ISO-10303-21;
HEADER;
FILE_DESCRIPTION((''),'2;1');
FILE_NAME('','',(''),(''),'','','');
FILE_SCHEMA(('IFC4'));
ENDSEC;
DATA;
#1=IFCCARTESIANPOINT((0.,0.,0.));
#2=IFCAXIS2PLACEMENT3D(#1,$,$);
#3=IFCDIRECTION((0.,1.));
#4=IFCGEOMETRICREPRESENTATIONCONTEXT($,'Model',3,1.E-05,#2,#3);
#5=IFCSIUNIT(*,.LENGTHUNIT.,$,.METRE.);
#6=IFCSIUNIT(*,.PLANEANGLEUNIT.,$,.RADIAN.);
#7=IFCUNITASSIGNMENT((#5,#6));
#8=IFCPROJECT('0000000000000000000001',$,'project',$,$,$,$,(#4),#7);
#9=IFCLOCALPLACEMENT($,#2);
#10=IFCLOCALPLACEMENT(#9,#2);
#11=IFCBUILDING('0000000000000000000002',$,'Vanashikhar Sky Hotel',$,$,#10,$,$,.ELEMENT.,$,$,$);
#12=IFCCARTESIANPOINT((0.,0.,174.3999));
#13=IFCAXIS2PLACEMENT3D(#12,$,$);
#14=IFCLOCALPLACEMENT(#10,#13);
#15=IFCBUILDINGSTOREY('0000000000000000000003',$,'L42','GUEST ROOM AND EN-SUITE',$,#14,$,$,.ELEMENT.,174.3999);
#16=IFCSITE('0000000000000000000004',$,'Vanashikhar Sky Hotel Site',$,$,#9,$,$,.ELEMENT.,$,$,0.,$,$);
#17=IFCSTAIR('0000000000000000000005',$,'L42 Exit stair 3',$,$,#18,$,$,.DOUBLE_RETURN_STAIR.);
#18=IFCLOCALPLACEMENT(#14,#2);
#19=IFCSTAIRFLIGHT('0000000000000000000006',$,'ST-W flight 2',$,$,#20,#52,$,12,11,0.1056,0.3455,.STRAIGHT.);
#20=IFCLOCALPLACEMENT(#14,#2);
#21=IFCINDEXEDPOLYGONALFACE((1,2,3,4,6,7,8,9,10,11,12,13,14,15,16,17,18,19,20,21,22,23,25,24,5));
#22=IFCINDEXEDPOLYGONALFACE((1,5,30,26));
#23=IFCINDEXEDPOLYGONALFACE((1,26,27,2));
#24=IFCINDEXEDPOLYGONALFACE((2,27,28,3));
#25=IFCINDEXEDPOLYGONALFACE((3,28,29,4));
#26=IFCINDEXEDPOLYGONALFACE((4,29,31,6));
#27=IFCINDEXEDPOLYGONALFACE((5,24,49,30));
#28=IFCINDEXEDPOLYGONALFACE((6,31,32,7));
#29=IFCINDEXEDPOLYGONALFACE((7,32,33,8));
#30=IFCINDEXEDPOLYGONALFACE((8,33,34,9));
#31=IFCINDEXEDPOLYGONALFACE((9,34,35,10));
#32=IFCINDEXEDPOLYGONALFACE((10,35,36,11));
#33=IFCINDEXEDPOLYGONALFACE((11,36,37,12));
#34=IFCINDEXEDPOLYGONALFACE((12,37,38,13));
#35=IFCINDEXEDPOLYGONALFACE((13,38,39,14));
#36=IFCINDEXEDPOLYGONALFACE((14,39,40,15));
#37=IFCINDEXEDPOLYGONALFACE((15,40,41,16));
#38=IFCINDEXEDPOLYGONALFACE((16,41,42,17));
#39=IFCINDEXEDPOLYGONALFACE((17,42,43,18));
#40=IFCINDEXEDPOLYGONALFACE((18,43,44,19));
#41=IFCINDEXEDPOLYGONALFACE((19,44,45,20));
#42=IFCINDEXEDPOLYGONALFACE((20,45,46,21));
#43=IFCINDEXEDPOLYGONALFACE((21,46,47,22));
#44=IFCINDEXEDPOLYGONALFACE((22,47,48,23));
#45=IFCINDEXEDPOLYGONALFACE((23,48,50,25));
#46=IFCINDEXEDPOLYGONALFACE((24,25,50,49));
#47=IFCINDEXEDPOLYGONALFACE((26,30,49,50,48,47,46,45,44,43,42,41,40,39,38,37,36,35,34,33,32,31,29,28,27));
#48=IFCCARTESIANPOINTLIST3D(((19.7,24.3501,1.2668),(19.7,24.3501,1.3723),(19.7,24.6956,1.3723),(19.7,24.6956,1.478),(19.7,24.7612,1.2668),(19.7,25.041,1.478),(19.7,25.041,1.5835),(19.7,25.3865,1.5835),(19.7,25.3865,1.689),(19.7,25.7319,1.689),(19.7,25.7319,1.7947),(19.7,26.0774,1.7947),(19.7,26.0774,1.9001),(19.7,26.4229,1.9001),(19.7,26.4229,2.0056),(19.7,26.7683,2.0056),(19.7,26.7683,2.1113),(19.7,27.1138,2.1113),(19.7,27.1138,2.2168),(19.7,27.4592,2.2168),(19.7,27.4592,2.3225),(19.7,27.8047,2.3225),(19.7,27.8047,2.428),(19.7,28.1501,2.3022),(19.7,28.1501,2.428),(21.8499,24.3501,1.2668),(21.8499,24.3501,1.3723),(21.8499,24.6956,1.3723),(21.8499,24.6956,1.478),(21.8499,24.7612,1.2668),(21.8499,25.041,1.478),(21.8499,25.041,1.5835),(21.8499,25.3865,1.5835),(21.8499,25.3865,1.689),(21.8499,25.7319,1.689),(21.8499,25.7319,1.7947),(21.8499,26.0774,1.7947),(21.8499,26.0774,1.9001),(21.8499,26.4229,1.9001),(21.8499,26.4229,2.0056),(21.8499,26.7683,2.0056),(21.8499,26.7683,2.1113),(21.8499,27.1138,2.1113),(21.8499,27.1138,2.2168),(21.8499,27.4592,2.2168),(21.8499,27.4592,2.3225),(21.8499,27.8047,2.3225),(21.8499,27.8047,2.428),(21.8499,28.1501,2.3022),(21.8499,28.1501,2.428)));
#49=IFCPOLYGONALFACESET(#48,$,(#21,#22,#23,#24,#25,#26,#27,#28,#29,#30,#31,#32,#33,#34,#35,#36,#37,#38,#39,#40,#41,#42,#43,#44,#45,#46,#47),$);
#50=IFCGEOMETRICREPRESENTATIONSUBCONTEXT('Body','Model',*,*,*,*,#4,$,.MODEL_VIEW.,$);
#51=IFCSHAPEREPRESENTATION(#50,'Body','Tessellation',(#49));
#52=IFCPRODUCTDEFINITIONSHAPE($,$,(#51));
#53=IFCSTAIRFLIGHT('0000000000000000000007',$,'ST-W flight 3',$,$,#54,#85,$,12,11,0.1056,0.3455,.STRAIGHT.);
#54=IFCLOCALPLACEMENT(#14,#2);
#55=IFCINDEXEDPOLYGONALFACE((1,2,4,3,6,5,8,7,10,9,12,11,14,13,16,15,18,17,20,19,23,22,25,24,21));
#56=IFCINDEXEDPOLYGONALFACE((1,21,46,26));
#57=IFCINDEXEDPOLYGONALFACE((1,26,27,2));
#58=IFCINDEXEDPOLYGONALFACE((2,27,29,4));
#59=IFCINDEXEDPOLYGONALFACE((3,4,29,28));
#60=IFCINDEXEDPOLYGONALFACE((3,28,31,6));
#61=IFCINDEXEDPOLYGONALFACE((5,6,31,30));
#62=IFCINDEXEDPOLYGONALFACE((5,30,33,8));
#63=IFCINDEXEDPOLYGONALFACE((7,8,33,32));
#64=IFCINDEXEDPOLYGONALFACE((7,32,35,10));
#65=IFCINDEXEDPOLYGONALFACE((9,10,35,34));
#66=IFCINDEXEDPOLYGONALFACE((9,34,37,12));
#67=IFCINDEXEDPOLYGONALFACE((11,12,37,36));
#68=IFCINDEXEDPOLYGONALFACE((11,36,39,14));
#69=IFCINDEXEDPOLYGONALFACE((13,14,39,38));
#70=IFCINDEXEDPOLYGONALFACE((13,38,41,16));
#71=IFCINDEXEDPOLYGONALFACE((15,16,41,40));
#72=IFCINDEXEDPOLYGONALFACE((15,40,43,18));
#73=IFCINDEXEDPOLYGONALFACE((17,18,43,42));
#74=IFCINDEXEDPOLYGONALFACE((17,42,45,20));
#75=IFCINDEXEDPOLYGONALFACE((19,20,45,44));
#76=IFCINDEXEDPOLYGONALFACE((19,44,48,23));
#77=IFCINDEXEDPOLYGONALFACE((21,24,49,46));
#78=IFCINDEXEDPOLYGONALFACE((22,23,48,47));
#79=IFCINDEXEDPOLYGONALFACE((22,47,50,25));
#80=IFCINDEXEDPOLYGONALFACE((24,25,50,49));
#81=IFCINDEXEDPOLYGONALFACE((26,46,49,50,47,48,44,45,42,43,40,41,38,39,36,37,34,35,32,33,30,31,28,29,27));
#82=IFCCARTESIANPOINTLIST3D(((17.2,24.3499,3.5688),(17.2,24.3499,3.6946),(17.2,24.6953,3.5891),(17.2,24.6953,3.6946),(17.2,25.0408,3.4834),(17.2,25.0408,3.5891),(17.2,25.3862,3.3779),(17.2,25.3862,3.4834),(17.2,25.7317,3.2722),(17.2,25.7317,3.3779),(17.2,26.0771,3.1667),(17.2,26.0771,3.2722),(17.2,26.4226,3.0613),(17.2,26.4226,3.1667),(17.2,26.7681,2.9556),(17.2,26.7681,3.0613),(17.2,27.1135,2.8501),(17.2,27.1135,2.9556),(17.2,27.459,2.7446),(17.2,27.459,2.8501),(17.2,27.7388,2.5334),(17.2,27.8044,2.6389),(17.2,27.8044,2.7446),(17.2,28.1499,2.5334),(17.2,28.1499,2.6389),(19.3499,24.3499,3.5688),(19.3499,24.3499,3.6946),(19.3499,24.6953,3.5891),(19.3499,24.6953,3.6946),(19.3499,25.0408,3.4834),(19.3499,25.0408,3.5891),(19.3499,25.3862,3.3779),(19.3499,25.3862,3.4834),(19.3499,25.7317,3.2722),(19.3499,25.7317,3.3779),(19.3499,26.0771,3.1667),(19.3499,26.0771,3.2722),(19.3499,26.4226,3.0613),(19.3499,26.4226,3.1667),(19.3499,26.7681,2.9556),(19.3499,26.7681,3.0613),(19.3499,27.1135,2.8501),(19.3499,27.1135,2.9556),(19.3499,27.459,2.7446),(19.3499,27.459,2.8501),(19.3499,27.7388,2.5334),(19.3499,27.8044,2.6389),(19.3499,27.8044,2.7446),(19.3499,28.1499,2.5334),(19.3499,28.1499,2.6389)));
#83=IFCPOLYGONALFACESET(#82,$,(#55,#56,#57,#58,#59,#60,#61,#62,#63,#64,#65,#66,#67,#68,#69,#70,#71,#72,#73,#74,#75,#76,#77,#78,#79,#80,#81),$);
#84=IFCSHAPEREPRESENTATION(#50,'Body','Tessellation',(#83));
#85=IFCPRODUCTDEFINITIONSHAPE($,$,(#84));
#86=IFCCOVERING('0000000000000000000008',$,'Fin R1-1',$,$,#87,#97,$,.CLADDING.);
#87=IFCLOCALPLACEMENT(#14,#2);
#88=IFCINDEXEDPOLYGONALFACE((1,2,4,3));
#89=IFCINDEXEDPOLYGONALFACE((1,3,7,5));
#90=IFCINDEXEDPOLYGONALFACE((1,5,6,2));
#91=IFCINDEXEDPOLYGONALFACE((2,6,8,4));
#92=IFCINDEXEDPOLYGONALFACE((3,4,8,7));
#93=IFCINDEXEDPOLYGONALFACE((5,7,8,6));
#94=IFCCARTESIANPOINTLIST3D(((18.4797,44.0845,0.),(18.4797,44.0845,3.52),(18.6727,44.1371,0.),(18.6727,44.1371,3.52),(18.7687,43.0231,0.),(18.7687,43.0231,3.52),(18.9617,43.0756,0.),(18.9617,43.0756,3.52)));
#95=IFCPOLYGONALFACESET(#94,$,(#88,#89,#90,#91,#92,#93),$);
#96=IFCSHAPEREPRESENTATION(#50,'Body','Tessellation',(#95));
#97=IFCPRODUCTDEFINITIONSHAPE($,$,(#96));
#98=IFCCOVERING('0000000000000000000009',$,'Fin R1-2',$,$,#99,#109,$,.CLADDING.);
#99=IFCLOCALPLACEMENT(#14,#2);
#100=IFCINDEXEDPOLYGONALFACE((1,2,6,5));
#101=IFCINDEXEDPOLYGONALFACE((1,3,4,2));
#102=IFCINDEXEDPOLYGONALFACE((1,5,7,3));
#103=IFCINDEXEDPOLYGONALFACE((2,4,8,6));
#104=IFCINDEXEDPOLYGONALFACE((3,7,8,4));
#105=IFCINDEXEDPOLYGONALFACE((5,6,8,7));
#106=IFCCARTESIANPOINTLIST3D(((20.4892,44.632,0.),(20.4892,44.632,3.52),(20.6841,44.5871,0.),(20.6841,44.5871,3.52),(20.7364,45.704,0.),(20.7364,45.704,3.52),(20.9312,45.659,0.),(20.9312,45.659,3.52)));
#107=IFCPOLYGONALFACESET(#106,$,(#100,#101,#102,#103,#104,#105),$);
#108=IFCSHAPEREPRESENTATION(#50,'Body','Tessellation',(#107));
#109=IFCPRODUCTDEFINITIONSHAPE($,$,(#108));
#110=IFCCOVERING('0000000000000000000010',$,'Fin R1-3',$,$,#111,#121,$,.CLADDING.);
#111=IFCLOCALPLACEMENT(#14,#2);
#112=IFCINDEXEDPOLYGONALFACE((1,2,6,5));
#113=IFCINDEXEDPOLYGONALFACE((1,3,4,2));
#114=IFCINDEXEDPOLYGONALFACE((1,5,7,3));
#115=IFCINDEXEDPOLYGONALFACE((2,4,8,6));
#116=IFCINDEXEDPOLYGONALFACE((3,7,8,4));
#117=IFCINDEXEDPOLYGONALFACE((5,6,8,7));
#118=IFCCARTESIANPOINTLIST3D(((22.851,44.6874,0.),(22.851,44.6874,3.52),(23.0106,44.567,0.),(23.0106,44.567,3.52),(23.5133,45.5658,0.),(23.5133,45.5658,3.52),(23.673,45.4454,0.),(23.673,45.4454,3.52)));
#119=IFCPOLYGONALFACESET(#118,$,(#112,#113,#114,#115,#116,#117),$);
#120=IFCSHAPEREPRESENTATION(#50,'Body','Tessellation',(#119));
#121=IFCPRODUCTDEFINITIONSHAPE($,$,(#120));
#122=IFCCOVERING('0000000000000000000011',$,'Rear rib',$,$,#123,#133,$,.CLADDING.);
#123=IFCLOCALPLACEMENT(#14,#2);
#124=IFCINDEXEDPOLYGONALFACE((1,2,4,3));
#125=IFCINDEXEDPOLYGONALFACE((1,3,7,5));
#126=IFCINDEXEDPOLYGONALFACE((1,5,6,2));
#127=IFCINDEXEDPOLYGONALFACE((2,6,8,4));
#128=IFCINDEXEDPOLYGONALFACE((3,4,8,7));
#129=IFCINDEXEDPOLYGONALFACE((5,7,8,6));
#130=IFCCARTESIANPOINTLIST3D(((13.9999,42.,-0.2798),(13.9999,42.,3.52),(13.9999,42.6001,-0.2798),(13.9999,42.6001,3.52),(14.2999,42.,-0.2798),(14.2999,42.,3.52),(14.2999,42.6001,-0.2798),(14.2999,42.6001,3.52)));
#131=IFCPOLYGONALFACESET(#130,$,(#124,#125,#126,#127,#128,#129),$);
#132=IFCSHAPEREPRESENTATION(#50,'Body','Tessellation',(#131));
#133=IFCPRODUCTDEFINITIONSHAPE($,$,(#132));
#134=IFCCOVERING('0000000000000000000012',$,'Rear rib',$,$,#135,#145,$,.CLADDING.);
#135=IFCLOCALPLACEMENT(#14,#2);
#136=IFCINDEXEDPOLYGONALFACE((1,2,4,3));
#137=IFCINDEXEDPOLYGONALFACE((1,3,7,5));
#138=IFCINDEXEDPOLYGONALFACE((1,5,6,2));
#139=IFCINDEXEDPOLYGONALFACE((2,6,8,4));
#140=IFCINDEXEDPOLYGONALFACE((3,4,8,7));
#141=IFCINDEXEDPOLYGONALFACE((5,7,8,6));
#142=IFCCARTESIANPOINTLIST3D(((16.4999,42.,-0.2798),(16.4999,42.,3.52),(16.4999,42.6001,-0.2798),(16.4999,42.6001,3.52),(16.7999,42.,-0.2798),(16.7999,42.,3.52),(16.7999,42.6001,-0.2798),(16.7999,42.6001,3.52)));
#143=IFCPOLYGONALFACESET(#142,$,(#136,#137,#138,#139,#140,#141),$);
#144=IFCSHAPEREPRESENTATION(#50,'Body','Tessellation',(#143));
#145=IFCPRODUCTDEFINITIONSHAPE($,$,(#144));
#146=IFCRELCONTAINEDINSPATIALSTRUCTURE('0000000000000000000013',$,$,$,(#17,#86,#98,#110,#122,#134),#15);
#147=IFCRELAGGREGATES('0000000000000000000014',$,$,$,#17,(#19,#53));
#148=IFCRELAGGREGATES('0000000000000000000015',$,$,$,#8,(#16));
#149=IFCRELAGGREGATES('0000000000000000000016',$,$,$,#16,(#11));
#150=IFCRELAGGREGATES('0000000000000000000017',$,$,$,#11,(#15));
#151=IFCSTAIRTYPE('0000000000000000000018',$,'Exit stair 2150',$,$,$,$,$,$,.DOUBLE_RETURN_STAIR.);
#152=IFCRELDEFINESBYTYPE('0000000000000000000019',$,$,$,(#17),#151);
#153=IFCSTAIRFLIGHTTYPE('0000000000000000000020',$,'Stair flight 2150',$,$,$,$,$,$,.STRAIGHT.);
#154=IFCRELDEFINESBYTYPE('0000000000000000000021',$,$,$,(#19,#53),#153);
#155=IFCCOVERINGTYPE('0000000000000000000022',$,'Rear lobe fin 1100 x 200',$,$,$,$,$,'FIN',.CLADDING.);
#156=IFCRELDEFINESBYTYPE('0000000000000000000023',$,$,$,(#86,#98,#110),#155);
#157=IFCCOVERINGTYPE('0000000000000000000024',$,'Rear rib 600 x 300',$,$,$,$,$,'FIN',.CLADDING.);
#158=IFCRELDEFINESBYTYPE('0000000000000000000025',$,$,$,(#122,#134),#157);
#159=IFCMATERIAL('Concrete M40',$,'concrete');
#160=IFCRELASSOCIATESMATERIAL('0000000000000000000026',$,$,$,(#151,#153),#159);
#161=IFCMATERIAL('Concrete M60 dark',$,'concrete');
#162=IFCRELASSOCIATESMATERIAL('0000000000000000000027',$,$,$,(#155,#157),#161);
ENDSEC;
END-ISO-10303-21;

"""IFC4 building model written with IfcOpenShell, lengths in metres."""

from ifc_helpers import new_model, si_unit, direction, frame, origin, origin_2d, place, context, subcontext, project, spatial, polyline, rectangle, outline, extrude, source, transform, mapped, material, material_profile, profile_set, type_object, element, aggregate, save


model = new_model("IFC4")

# Units and contexts
model_context = context("Model", 3, precision=1e-05, world=origin(), true_north=direction((0.0, 1.0)))
body_context = subcontext(model_context, "Body", "Model", "MODEL_VIEW")
ifc_project = project(units=[si_unit("LENGTHUNIT", "METRE"), si_unit("PLANEANGLEUNIT", "RADIAN")], contexts=[model_context])

# Site, building, storey
site_placement = place(None, origin())
site = spatial("IfcSite", under=ifc_project, at=site_placement, Name="Vanashikhar Sky Hotel Site", CompositionType="ELEMENT", RefElevation=0.0)
building_placement = place(site_placement, origin())
building = spatial("IfcBuilding", under=site, at=building_placement, Name="Vanashikhar Sky Hotel", CompositionType="ELEMENT")
storey_placement = place(building_placement, frame((0.0, 0.0, 174.3999)))
storey = spatial("IfcBuildingStorey", under=building, at=storey_placement, Name="L42", Description="GUEST ROOM AND EN-SUITE", CompositionType="ELEMENT", Elevation=174.3999)

# Stair, stair flights
ifc_material_1 = material(Name="Concrete M40", Category="concrete")
stair_type = type_object("IfcStairType", Name="Exit stair 2150", PredefinedType="DOUBLE_RETURN_STAIR", material=ifc_material_1)
stair_placement = place(storey_placement, origin())
stair = element("IfcStair", 1, at=stair_placement, inside=storey, type_object=stair_type, Name="L42 Exit stair 3", PredefinedType="DOUBLE_RETURN_STAIR")
stair_flight_type = type_object("IfcStairFlightType", Name="Stair flight 2150", PredefinedType="STRAIGHT", material=ifc_material_1)
shared_shape_1 = source(origin(), body_context, "Body", "SweptSolid", [
    extrude(outline(polyline([(0.0, 0.0), (0.0, 0.1055), (0.3455, 0.1055), (0.3455, 0.2112), (0.6909, 0.2112), (0.6909, 0.3167), (1.0364, 0.3167), (1.0364, 0.4221), (1.3818, 0.4221), (1.3818, 0.5278), (1.7273, 0.5278), (1.7273, 0.6333), (2.0728, 0.6333), (2.0728, 0.7388), (2.4182, 0.7388), (2.4182, 0.8445), (2.7637, 0.8445), (2.7637, 0.95), (3.1091, 0.95), (3.1091, 1.0557), (3.4546, 1.0557), (3.4546, 1.1611), (3.8, 1.1611), (3.8, 1.2666), (3.8, 1.0354), (0.4111, 0.0), (0.0, 0.0)])), frame((0.0, 1.075, 0.0), z_axis=(0.0, -1.0, 0.0), x_axis=(1.0, 0.0, 0.0)), (0.0, 0.0, 1.0), 2.1499),
])
stair_flight_1_placement = place(storey_placement, frame((20.7749, 24.3501, 1.2668), z_axis=(0.0, 0.0, 1.0), x_axis=(0.0, 1.0, 0.0)))
stair_flight_1 = element("IfcStairFlight", 2, at=stair_flight_1_placement, type_object=stair_flight_type, Name="ST-W flight 2", NumberOfRisers=12, NumberOfTreads=11, PredefinedType="STRAIGHT", RiserHeight=0.1056, TreadLength=0.3455, context=body_context, shape_type="MappedRepresentation", body=[
    mapped(shared_shape_1, transform((0.0, 0.0, 0.0), scale=1.0)),
])
stair_flight_2_placement = place(storey_placement, frame((18.2749, 28.1499, 2.5334), z_axis=(0.0, 0.0, 1.0), x_axis=(0.0, -1.0, 0.0)))
stair_flight_2 = element("IfcStairFlight", 3, at=stair_flight_2_placement, type_object=stair_flight_type, Name="ST-W flight 3", NumberOfRisers=12, NumberOfTreads=11, PredefinedType="STRAIGHT", RiserHeight=0.1056, TreadLength=0.3455, context=body_context, shape_type="MappedRepresentation", body=[
    mapped(shared_shape_1, transform((0.0, 0.0, 0.0), scale=1.0)),
])
aggregate(stair, [stair_flight_1, stair_flight_2])

# Coverings
ifc_material_2 = material(Name="Concrete M60 dark", Category="concrete")
ifc_material_profile_1 = material_profile(ifc_material_2, rectangle(XDim=1.1001, YDim=0.2, at=origin_2d()))
ifc_profile_set_1 = profile_set([ifc_material_profile_1], Name="Rear lobe fin 1100 x 200")
covering_type_1 = type_object("IfcCoveringType", Name="Rear lobe fin 1100 x 200", ElementType="FIN", PredefinedType="CLADDING", material=ifc_profile_set_1)
shared_shape_2 = source(origin(), body_context, "Body", "SweptSolid", [
    extrude(rectangle(XDim=1.1001, YDim=0.2, at=origin_2d()), origin(), (0.0, 0.0, 1.0), 3.52),
])
for number, where, z_axis, x_axis, name in (
    (4, (18.7207, 43.5801, 0.0), (0.0, 0.0, 1.0), (-0.262711, 0.964874, 0.0), "Fin R1-1"),
    (5, (20.7102, 45.1455, 0.0), (0.0, 0.0, 1.0), (0.224645, 0.974441, 0.0), "Fin R1-2"),
    (6, (23.262, 45.0664, 0.0), (0.0, 0.0, 1.0), (0.602066, 0.798446, 0.0), "Fin R1-3"),
):
    element("IfcCovering", number, at=place(storey_placement, frame(where, z_axis=z_axis, x_axis=x_axis)), inside=storey, type_object=covering_type_1, Name=name, PredefinedType="CLADDING", context=body_context, shape_type="MappedRepresentation", body=[
        mapped(shared_shape_2, transform((0.0, 0.0, 0.0), scale=1.0)),
    ])
ifc_material_profile_2 = material_profile(ifc_material_2, rectangle(XDim=0.6001, YDim=0.3, at=origin_2d()))
ifc_profile_set_2 = profile_set([ifc_material_profile_2], Name="Rear rib 600 x 300")
covering_type_2 = type_object("IfcCoveringType", Name="Rear rib 600 x 300", ElementType="FIN", PredefinedType="CLADDING", material=ifc_profile_set_2)
shared_shape_3 = source(origin(), body_context, "Body", "SweptSolid", [
    extrude(rectangle(XDim=0.6001, YDim=0.3, at=origin_2d()), origin(), (0.0, 0.0, 1.0), 3.7998),
])
for number, where, z_axis, x_axis, name in (
    (7, (14.1499, 42.3, -0.2798), (0.0, 0.0, 1.0), (0.0, 1.0, 0.0), "Rear rib"),
    (8, (16.6499, 42.3, -0.2798), (0.0, 0.0, 1.0), (0.0, 1.0, 0.0), "Rear rib"),
):
    element("IfcCovering", number, at=place(storey_placement, frame(where, z_axis=z_axis, x_axis=x_axis)), inside=storey, type_object=covering_type_2, Name=name, PredefinedType="CLADDING", context=body_context, shape_type="MappedRepresentation", body=[
        mapped(shared_shape_3, transform((0.0, 0.0, 0.0), scale=1.0)),
    ])

save(model, "model.ifc")
